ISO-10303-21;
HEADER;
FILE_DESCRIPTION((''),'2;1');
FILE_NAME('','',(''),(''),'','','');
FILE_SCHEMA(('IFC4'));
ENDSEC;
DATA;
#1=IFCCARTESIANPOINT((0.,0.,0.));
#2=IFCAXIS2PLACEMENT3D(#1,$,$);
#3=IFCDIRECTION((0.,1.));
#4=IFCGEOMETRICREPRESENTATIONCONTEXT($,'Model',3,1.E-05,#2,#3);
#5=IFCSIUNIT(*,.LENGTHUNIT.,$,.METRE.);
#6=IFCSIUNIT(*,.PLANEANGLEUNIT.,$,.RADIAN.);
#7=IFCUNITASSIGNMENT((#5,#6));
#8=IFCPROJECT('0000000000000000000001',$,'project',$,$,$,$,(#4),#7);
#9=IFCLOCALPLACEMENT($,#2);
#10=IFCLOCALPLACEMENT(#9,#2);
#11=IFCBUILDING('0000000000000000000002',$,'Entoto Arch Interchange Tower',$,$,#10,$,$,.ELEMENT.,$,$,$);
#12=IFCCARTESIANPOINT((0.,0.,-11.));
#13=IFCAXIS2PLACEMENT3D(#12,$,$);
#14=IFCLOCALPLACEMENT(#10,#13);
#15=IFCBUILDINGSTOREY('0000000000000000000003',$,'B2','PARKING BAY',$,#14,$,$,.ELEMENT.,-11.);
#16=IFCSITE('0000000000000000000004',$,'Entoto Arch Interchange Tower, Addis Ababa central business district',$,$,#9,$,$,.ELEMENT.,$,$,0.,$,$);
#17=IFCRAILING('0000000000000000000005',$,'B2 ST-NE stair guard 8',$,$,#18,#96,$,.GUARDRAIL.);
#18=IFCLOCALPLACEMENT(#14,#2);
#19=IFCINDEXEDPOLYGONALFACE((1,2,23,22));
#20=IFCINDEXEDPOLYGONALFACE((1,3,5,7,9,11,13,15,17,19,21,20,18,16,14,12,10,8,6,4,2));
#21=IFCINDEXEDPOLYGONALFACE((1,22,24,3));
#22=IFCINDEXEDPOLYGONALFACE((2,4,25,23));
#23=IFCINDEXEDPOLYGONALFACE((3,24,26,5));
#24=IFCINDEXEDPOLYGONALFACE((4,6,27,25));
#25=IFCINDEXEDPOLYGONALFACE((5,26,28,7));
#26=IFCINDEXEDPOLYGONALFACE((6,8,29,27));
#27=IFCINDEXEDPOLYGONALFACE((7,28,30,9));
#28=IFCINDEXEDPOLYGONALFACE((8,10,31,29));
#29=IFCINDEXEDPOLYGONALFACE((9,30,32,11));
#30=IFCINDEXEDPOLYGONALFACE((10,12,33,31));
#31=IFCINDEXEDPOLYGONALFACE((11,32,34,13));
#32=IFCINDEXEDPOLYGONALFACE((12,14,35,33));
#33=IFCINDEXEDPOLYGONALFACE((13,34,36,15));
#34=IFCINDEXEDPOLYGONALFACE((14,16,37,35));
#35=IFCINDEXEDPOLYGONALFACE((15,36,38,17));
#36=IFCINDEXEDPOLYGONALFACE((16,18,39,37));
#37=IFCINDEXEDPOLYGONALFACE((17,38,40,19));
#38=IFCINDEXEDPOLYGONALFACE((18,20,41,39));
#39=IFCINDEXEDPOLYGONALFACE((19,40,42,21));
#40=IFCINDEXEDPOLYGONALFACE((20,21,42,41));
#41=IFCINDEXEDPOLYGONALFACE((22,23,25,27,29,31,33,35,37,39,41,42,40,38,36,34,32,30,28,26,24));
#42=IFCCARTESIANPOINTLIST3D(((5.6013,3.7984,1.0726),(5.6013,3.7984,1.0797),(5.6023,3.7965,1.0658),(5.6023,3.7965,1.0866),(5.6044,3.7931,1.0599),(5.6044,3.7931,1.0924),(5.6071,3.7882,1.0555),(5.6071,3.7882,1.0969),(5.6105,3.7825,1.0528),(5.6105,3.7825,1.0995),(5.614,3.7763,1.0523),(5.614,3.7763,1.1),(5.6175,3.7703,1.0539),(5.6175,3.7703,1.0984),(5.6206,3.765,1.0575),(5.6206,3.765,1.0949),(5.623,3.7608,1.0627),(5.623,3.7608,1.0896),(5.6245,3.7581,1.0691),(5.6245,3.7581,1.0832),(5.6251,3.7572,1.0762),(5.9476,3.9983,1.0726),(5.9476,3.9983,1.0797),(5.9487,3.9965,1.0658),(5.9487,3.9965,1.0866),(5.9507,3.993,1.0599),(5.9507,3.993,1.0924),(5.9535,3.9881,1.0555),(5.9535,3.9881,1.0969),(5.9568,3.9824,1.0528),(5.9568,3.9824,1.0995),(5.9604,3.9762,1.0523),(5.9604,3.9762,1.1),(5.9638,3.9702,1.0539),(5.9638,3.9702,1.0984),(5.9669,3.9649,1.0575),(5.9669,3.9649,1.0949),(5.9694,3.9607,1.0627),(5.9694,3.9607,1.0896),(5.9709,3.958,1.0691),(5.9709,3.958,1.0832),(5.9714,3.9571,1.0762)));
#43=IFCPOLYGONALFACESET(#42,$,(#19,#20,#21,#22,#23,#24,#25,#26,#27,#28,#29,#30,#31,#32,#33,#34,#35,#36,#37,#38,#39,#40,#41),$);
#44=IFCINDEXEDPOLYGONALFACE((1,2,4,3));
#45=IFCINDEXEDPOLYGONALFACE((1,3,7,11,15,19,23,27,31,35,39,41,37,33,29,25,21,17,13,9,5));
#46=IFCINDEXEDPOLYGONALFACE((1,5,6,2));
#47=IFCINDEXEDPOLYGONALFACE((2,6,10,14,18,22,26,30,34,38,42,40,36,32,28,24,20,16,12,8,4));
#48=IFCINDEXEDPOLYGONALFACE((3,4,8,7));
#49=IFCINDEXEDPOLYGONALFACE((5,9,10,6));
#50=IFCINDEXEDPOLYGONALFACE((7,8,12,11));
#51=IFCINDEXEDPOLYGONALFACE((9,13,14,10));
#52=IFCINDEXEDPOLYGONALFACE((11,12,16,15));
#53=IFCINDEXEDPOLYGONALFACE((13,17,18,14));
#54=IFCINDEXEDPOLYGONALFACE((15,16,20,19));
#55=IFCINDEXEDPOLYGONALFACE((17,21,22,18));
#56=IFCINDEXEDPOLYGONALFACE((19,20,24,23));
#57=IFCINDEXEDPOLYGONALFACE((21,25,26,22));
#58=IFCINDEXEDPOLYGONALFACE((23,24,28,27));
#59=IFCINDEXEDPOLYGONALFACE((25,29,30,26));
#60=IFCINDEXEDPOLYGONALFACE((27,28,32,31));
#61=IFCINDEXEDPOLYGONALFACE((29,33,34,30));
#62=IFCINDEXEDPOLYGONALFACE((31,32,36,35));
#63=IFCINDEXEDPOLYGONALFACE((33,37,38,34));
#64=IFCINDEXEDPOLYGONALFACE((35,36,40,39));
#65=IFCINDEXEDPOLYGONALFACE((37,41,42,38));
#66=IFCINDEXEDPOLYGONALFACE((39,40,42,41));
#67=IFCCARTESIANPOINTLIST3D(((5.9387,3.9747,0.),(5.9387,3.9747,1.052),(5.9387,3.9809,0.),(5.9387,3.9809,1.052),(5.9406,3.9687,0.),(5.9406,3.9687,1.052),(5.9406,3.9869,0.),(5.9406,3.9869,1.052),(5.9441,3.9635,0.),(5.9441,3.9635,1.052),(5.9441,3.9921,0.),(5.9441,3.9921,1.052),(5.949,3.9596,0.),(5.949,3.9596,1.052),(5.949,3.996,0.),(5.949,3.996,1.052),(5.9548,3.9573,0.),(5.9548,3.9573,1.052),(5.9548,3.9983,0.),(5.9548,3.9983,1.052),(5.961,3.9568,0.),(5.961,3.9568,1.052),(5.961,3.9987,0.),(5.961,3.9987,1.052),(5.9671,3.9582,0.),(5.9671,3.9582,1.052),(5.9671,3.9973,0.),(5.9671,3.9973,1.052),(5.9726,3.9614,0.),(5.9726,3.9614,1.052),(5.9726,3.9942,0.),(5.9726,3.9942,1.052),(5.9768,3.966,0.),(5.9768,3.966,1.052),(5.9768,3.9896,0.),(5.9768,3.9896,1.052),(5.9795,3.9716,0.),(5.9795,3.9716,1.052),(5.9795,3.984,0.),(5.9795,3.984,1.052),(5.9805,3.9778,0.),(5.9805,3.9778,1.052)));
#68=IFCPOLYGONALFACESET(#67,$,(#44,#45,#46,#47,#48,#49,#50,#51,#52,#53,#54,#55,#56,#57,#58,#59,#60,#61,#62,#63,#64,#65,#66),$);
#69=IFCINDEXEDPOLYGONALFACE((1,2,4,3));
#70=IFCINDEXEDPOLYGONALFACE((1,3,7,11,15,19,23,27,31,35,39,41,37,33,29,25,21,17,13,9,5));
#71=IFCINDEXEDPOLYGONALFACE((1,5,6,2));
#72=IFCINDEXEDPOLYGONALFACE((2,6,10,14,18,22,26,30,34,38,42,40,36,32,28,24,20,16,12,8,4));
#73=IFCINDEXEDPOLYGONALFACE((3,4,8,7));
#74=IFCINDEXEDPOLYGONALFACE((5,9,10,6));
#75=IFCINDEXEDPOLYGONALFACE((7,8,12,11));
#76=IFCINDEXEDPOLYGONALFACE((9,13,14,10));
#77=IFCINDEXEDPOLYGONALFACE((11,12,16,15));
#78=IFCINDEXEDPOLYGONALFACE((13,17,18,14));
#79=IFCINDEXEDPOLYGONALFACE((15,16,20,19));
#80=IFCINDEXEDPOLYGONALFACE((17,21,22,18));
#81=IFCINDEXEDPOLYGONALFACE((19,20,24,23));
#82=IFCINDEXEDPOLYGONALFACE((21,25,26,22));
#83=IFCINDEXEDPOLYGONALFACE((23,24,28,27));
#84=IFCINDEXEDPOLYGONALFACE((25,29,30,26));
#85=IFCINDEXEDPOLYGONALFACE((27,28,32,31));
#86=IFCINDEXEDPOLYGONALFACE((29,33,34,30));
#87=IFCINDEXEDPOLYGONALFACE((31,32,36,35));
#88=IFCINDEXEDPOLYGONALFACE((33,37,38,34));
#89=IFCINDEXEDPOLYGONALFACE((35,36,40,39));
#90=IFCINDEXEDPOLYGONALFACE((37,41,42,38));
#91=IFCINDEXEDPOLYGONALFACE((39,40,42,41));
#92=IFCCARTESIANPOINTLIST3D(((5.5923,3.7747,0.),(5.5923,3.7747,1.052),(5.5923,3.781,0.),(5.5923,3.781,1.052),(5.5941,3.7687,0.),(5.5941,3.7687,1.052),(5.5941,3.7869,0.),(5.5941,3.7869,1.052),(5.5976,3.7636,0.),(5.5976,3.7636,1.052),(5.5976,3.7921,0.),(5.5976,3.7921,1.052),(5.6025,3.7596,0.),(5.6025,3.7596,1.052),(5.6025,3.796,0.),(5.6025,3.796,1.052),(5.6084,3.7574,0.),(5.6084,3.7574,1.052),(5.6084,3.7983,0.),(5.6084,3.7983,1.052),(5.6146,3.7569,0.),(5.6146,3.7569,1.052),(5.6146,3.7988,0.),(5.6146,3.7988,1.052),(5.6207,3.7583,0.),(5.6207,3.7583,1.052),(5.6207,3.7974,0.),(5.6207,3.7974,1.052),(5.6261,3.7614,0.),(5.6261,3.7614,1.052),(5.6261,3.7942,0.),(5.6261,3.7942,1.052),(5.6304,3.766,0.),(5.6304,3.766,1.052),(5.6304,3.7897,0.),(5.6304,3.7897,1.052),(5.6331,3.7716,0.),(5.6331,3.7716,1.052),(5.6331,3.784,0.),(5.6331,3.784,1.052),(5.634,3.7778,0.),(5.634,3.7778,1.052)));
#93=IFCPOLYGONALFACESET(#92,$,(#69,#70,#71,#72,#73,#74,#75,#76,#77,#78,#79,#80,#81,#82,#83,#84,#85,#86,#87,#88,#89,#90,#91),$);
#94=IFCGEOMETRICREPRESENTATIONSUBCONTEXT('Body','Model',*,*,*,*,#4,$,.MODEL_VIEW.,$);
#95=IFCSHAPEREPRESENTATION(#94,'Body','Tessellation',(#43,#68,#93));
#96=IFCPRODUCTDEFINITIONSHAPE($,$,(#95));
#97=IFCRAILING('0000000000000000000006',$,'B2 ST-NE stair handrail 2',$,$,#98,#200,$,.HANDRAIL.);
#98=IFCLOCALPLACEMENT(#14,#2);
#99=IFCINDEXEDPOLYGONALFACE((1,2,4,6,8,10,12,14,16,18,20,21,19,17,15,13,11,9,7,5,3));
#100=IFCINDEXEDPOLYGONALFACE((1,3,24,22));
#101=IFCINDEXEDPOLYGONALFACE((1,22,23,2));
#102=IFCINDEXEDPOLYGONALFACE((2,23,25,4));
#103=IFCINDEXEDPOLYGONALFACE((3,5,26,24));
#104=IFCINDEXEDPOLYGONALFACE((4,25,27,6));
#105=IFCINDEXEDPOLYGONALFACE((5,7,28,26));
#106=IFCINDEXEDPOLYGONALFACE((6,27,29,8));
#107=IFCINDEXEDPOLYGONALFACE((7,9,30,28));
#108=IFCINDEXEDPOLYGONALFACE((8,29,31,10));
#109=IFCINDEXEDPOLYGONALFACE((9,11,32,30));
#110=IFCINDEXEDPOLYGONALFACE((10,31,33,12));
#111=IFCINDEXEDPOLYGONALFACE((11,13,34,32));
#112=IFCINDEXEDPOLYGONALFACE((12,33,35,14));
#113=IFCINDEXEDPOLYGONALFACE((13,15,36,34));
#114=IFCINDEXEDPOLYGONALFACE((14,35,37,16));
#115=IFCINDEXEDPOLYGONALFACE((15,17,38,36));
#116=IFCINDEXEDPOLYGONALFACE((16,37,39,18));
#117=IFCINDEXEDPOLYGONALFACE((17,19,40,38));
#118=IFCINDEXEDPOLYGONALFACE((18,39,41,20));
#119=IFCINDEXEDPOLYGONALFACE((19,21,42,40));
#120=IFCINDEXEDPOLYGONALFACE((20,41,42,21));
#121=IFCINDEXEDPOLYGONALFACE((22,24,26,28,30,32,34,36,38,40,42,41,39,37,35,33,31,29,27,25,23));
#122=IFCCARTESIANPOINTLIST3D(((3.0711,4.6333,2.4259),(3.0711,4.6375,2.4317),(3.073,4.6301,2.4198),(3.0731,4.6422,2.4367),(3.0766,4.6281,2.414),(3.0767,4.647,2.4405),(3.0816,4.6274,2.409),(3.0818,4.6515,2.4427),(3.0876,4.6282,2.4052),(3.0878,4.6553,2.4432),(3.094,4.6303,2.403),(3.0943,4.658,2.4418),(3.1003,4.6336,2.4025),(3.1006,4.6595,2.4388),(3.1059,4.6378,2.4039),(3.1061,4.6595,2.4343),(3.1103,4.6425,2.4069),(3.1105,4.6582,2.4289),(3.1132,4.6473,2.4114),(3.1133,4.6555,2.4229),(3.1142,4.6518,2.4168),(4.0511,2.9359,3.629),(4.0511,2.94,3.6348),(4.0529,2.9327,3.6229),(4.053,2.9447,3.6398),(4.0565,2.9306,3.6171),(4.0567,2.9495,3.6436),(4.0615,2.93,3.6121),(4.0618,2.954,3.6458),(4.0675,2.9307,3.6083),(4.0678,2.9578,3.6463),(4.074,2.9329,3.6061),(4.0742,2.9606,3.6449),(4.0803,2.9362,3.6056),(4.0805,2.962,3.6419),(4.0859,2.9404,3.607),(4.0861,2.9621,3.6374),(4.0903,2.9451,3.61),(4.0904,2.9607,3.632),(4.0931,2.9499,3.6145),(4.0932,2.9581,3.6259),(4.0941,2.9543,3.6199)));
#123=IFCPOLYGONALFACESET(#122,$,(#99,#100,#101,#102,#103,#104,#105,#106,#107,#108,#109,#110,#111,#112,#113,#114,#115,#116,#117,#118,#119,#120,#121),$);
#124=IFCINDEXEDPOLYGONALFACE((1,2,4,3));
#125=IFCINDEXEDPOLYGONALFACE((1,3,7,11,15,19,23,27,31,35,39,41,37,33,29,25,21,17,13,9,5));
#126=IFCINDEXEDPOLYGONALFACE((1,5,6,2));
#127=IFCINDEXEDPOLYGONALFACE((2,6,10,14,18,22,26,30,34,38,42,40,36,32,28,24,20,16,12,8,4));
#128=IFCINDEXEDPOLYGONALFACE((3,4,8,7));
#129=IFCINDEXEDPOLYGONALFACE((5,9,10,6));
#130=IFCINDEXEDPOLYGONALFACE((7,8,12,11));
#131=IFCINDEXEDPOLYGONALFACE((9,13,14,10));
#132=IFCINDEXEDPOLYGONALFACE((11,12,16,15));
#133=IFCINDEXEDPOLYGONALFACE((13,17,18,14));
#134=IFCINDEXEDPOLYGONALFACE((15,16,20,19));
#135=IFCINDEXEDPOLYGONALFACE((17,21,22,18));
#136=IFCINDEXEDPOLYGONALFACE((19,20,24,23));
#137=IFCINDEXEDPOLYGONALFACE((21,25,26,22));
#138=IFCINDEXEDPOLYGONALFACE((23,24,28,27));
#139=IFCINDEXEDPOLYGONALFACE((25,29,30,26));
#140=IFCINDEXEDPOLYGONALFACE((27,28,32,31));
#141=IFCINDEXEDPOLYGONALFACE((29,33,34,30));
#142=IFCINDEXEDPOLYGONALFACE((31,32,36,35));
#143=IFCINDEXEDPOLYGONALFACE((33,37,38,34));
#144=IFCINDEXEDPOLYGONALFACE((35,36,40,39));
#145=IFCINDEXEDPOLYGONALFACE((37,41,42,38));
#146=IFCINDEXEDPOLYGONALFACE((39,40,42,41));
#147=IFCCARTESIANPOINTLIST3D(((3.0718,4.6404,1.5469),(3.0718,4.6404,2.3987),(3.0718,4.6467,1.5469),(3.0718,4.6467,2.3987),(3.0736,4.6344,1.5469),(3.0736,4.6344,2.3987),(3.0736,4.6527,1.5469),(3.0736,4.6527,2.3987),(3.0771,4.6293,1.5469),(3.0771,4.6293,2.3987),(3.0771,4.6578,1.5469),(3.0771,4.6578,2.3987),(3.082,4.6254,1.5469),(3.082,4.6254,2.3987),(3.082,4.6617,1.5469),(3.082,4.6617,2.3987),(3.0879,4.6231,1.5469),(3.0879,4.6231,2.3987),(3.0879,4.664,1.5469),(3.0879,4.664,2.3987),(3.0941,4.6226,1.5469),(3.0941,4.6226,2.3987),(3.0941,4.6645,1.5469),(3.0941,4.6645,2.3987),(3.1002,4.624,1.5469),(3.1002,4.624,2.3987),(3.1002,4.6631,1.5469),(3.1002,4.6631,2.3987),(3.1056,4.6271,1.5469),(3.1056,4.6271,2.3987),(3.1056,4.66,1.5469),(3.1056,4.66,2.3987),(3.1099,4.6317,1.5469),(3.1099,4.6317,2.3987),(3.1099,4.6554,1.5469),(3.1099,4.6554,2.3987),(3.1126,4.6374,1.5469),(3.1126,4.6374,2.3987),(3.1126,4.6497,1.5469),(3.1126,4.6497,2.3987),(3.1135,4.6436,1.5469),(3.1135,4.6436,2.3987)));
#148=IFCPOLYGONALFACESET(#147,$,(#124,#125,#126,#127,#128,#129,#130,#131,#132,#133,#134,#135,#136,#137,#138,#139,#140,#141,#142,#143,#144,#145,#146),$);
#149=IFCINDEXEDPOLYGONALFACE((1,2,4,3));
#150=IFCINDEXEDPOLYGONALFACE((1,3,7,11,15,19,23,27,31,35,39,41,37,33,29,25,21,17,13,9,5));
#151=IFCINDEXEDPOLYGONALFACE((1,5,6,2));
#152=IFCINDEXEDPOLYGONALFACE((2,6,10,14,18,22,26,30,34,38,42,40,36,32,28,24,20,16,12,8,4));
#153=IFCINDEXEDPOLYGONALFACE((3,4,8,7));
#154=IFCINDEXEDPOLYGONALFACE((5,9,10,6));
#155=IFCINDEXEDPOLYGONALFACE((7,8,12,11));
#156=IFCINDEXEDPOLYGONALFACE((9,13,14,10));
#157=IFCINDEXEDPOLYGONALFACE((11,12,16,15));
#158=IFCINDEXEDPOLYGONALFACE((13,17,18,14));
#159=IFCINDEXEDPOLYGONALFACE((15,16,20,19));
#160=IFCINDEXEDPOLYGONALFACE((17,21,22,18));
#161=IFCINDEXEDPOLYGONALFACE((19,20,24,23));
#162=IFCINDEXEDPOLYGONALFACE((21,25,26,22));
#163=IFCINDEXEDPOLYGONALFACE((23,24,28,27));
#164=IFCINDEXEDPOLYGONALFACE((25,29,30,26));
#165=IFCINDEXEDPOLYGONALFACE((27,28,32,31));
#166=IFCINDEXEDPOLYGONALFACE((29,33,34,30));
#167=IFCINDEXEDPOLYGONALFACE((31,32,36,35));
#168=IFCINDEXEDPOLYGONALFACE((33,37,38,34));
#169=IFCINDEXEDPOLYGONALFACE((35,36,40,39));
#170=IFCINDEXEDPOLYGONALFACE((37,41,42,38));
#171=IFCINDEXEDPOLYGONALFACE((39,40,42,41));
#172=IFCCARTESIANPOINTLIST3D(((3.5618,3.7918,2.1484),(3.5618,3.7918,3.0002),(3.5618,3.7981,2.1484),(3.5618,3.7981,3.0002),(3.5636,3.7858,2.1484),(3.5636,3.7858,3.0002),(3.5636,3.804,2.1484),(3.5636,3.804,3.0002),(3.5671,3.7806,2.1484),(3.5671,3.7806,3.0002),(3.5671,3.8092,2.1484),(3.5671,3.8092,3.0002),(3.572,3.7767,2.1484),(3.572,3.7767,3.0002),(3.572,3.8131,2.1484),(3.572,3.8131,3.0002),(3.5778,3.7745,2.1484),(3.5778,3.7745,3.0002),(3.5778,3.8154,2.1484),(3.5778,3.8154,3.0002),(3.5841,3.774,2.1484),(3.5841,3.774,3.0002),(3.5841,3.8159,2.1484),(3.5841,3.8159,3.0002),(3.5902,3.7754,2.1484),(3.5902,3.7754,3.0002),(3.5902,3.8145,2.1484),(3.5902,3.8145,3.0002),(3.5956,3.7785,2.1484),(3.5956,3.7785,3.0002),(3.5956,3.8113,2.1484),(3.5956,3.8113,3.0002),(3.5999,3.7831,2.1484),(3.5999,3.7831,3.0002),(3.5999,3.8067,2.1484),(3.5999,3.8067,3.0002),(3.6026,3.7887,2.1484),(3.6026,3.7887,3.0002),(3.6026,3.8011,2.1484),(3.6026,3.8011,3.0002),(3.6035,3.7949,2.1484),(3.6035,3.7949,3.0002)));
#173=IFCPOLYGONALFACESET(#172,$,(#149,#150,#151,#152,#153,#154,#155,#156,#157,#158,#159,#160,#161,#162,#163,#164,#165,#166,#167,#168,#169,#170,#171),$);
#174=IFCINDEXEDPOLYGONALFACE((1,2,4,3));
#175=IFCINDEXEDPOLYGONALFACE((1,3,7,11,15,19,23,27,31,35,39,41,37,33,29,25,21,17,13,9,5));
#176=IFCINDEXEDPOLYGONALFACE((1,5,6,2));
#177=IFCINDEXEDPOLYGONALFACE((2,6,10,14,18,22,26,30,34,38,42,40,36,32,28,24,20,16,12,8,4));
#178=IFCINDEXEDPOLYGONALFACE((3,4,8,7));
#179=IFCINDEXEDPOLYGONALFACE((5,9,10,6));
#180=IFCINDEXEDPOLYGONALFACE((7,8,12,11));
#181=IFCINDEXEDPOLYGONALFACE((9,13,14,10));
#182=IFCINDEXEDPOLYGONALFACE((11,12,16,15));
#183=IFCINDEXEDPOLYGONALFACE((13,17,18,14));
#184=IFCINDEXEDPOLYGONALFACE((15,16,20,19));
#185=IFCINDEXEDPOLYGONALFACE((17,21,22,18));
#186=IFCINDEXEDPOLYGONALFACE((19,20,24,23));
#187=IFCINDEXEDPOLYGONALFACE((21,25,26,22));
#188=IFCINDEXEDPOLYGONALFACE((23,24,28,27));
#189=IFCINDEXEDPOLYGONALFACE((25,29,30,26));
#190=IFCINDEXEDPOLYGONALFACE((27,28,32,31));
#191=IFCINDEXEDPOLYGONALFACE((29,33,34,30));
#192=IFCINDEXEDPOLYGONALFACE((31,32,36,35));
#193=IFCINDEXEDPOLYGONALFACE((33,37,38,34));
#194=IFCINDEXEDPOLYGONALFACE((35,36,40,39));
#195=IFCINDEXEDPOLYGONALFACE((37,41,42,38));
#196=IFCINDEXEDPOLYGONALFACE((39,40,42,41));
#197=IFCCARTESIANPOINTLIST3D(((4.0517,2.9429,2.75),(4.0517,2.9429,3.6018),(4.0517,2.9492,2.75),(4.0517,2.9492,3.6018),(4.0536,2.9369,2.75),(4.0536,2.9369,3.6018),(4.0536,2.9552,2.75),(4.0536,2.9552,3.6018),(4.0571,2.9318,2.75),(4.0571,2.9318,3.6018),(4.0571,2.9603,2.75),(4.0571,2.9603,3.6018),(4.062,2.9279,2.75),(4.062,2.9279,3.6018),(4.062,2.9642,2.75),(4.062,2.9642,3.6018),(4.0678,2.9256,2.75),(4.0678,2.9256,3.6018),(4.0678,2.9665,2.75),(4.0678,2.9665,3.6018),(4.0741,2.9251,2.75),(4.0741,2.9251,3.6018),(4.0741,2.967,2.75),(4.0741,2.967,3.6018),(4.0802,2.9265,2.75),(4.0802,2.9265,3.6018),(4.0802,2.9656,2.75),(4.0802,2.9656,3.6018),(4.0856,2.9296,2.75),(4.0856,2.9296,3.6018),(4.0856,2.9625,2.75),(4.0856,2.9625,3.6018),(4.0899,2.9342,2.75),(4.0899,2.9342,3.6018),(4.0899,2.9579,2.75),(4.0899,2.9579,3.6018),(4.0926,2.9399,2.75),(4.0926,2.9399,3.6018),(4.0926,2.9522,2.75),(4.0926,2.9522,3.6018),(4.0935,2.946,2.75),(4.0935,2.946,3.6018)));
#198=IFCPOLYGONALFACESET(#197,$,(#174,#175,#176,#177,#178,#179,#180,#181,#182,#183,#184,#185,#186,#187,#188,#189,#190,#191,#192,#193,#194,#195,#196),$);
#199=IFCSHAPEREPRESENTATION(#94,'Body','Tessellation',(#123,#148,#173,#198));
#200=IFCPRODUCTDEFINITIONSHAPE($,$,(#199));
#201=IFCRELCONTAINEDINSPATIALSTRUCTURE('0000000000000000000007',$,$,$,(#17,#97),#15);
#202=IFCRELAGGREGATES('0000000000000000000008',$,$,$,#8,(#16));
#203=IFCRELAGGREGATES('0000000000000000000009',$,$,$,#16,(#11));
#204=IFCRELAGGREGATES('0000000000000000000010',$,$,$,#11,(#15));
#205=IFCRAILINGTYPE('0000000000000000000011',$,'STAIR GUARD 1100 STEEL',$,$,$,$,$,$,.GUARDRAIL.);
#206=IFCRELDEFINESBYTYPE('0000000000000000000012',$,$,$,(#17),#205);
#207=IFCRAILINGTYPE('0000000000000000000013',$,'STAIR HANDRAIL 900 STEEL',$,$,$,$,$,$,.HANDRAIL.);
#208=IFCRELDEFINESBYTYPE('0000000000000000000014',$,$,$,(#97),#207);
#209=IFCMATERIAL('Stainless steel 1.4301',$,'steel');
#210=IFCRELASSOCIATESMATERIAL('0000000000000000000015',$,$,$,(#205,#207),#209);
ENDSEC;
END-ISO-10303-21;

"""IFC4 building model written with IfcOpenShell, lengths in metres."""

from ifc_helpers import new_model, si_unit, direction, frame, origin, origin_2d, place, context, subcontext, project, spatial, circle, extrude, material, type_object, element, save


model = new_model("IFC4")

# Units and contexts
model_context = context("Model", 3, precision=1e-05, world=origin(), true_north=direction((0.0, 1.0)))
body_context = subcontext(model_context, "Body", "Model", "MODEL_VIEW")
ifc_project = project(units=[si_unit("LENGTHUNIT", "METRE"), si_unit("PLANEANGLEUNIT", "RADIAN")], contexts=[model_context])

# Site, building, storey
site_placement = place(None, origin())
site = spatial("IfcSite", under=ifc_project, at=site_placement, Name="Entoto Arch Interchange Tower, Addis Ababa central business district", CompositionType="ELEMENT", RefElevation=0.0)
building_placement = place(site_placement, origin())
building = spatial("IfcBuilding", under=site, at=building_placement, Name="Entoto Arch Interchange Tower", CompositionType="ELEMENT")
storey_placement = place(building_placement, frame((0.0, 0.0, -11.0)))
storey = spatial("IfcBuildingStorey", under=building, at=storey_placement, Name="B2", Description="PARKING BAY", CompositionType="ELEMENT", Elevation=-11.0)

# Railings
ifc_material_1 = material(Name="Stainless steel 1.4301", Category="steel")
railing_type_1 = type_object("IfcRailingType", Name="STAIR GUARD 1100 STEEL", PredefinedType="GUARDRAIL", material=ifc_material_1)
railing_1_placement = place(storey_placement, frame((5.9595, 3.9778, 0.0)))
element("IfcRailing", 1, at=railing_1_placement, inside=storey, type_object=railing_type_1, Name="B2 ST-NE stair guard 8", PredefinedType="GUARDRAIL", context=body_context, shape_type="SweptSolid", body=[
    extrude(circle(Radius=0.0239, at=origin_2d()), frame((0.0, 0.0, 1.0762), z_axis=(-0.866094, -0.499881, 0.0), x_axis=(0.499881, -0.866094, 0.0)), (0.0, 0.0, 1.0), 0.3999),
    extrude(circle(Radius=0.021, at=origin_2d()), origin(), (0.0, 0.0, 1.0), 1.052),
    extrude(circle(Radius=0.021, at=origin_2d()), frame((-0.3464, -0.2, 0.0)), (0.0, 0.0, 1.0), 1.052),
])
railing_type_2 = type_object("IfcRailingType", Name="STAIR HANDRAIL 900 STEEL", PredefinedType="HANDRAIL", material=ifc_material_1)
for number, where, name in (
    (2, (3.0925, 4.6436, 1.5469), "B2 ST-NE stair handrail 2"),
):
    element("IfcRailing", number, at=place(storey_placement, frame(where)), inside=storey, type_object=railing_type_2, Name=name, PredefinedType="HANDRAIL", context=body_context, shape_type="SweptSolid", body=[
        extrude(circle(Radius=0.0239, at=origin_2d()), frame((0.0, 0.0, 0.876), z_axis=(0.426102, -0.738089, 0.523127), x_axis=(0.866042, 0.49997, 0.0)), (0.0, 0.0, 1.0), 2.2998),
        extrude(circle(Radius=0.021, at=origin_2d()), origin(), (0.0, 0.0, 1.0), 0.8518),
        extrude(circle(Radius=0.021, at=origin_2d()), frame((0.49, -0.8486, 0.6016)), (0.0, 0.0, 1.0), 0.8518),
        extrude(circle(Radius=0.021, at=origin_2d()), frame((0.98, -1.6975, 1.2031)), (0.0, 0.0, 1.0), 0.8518),
    ])

save(model, "model.ifc")
